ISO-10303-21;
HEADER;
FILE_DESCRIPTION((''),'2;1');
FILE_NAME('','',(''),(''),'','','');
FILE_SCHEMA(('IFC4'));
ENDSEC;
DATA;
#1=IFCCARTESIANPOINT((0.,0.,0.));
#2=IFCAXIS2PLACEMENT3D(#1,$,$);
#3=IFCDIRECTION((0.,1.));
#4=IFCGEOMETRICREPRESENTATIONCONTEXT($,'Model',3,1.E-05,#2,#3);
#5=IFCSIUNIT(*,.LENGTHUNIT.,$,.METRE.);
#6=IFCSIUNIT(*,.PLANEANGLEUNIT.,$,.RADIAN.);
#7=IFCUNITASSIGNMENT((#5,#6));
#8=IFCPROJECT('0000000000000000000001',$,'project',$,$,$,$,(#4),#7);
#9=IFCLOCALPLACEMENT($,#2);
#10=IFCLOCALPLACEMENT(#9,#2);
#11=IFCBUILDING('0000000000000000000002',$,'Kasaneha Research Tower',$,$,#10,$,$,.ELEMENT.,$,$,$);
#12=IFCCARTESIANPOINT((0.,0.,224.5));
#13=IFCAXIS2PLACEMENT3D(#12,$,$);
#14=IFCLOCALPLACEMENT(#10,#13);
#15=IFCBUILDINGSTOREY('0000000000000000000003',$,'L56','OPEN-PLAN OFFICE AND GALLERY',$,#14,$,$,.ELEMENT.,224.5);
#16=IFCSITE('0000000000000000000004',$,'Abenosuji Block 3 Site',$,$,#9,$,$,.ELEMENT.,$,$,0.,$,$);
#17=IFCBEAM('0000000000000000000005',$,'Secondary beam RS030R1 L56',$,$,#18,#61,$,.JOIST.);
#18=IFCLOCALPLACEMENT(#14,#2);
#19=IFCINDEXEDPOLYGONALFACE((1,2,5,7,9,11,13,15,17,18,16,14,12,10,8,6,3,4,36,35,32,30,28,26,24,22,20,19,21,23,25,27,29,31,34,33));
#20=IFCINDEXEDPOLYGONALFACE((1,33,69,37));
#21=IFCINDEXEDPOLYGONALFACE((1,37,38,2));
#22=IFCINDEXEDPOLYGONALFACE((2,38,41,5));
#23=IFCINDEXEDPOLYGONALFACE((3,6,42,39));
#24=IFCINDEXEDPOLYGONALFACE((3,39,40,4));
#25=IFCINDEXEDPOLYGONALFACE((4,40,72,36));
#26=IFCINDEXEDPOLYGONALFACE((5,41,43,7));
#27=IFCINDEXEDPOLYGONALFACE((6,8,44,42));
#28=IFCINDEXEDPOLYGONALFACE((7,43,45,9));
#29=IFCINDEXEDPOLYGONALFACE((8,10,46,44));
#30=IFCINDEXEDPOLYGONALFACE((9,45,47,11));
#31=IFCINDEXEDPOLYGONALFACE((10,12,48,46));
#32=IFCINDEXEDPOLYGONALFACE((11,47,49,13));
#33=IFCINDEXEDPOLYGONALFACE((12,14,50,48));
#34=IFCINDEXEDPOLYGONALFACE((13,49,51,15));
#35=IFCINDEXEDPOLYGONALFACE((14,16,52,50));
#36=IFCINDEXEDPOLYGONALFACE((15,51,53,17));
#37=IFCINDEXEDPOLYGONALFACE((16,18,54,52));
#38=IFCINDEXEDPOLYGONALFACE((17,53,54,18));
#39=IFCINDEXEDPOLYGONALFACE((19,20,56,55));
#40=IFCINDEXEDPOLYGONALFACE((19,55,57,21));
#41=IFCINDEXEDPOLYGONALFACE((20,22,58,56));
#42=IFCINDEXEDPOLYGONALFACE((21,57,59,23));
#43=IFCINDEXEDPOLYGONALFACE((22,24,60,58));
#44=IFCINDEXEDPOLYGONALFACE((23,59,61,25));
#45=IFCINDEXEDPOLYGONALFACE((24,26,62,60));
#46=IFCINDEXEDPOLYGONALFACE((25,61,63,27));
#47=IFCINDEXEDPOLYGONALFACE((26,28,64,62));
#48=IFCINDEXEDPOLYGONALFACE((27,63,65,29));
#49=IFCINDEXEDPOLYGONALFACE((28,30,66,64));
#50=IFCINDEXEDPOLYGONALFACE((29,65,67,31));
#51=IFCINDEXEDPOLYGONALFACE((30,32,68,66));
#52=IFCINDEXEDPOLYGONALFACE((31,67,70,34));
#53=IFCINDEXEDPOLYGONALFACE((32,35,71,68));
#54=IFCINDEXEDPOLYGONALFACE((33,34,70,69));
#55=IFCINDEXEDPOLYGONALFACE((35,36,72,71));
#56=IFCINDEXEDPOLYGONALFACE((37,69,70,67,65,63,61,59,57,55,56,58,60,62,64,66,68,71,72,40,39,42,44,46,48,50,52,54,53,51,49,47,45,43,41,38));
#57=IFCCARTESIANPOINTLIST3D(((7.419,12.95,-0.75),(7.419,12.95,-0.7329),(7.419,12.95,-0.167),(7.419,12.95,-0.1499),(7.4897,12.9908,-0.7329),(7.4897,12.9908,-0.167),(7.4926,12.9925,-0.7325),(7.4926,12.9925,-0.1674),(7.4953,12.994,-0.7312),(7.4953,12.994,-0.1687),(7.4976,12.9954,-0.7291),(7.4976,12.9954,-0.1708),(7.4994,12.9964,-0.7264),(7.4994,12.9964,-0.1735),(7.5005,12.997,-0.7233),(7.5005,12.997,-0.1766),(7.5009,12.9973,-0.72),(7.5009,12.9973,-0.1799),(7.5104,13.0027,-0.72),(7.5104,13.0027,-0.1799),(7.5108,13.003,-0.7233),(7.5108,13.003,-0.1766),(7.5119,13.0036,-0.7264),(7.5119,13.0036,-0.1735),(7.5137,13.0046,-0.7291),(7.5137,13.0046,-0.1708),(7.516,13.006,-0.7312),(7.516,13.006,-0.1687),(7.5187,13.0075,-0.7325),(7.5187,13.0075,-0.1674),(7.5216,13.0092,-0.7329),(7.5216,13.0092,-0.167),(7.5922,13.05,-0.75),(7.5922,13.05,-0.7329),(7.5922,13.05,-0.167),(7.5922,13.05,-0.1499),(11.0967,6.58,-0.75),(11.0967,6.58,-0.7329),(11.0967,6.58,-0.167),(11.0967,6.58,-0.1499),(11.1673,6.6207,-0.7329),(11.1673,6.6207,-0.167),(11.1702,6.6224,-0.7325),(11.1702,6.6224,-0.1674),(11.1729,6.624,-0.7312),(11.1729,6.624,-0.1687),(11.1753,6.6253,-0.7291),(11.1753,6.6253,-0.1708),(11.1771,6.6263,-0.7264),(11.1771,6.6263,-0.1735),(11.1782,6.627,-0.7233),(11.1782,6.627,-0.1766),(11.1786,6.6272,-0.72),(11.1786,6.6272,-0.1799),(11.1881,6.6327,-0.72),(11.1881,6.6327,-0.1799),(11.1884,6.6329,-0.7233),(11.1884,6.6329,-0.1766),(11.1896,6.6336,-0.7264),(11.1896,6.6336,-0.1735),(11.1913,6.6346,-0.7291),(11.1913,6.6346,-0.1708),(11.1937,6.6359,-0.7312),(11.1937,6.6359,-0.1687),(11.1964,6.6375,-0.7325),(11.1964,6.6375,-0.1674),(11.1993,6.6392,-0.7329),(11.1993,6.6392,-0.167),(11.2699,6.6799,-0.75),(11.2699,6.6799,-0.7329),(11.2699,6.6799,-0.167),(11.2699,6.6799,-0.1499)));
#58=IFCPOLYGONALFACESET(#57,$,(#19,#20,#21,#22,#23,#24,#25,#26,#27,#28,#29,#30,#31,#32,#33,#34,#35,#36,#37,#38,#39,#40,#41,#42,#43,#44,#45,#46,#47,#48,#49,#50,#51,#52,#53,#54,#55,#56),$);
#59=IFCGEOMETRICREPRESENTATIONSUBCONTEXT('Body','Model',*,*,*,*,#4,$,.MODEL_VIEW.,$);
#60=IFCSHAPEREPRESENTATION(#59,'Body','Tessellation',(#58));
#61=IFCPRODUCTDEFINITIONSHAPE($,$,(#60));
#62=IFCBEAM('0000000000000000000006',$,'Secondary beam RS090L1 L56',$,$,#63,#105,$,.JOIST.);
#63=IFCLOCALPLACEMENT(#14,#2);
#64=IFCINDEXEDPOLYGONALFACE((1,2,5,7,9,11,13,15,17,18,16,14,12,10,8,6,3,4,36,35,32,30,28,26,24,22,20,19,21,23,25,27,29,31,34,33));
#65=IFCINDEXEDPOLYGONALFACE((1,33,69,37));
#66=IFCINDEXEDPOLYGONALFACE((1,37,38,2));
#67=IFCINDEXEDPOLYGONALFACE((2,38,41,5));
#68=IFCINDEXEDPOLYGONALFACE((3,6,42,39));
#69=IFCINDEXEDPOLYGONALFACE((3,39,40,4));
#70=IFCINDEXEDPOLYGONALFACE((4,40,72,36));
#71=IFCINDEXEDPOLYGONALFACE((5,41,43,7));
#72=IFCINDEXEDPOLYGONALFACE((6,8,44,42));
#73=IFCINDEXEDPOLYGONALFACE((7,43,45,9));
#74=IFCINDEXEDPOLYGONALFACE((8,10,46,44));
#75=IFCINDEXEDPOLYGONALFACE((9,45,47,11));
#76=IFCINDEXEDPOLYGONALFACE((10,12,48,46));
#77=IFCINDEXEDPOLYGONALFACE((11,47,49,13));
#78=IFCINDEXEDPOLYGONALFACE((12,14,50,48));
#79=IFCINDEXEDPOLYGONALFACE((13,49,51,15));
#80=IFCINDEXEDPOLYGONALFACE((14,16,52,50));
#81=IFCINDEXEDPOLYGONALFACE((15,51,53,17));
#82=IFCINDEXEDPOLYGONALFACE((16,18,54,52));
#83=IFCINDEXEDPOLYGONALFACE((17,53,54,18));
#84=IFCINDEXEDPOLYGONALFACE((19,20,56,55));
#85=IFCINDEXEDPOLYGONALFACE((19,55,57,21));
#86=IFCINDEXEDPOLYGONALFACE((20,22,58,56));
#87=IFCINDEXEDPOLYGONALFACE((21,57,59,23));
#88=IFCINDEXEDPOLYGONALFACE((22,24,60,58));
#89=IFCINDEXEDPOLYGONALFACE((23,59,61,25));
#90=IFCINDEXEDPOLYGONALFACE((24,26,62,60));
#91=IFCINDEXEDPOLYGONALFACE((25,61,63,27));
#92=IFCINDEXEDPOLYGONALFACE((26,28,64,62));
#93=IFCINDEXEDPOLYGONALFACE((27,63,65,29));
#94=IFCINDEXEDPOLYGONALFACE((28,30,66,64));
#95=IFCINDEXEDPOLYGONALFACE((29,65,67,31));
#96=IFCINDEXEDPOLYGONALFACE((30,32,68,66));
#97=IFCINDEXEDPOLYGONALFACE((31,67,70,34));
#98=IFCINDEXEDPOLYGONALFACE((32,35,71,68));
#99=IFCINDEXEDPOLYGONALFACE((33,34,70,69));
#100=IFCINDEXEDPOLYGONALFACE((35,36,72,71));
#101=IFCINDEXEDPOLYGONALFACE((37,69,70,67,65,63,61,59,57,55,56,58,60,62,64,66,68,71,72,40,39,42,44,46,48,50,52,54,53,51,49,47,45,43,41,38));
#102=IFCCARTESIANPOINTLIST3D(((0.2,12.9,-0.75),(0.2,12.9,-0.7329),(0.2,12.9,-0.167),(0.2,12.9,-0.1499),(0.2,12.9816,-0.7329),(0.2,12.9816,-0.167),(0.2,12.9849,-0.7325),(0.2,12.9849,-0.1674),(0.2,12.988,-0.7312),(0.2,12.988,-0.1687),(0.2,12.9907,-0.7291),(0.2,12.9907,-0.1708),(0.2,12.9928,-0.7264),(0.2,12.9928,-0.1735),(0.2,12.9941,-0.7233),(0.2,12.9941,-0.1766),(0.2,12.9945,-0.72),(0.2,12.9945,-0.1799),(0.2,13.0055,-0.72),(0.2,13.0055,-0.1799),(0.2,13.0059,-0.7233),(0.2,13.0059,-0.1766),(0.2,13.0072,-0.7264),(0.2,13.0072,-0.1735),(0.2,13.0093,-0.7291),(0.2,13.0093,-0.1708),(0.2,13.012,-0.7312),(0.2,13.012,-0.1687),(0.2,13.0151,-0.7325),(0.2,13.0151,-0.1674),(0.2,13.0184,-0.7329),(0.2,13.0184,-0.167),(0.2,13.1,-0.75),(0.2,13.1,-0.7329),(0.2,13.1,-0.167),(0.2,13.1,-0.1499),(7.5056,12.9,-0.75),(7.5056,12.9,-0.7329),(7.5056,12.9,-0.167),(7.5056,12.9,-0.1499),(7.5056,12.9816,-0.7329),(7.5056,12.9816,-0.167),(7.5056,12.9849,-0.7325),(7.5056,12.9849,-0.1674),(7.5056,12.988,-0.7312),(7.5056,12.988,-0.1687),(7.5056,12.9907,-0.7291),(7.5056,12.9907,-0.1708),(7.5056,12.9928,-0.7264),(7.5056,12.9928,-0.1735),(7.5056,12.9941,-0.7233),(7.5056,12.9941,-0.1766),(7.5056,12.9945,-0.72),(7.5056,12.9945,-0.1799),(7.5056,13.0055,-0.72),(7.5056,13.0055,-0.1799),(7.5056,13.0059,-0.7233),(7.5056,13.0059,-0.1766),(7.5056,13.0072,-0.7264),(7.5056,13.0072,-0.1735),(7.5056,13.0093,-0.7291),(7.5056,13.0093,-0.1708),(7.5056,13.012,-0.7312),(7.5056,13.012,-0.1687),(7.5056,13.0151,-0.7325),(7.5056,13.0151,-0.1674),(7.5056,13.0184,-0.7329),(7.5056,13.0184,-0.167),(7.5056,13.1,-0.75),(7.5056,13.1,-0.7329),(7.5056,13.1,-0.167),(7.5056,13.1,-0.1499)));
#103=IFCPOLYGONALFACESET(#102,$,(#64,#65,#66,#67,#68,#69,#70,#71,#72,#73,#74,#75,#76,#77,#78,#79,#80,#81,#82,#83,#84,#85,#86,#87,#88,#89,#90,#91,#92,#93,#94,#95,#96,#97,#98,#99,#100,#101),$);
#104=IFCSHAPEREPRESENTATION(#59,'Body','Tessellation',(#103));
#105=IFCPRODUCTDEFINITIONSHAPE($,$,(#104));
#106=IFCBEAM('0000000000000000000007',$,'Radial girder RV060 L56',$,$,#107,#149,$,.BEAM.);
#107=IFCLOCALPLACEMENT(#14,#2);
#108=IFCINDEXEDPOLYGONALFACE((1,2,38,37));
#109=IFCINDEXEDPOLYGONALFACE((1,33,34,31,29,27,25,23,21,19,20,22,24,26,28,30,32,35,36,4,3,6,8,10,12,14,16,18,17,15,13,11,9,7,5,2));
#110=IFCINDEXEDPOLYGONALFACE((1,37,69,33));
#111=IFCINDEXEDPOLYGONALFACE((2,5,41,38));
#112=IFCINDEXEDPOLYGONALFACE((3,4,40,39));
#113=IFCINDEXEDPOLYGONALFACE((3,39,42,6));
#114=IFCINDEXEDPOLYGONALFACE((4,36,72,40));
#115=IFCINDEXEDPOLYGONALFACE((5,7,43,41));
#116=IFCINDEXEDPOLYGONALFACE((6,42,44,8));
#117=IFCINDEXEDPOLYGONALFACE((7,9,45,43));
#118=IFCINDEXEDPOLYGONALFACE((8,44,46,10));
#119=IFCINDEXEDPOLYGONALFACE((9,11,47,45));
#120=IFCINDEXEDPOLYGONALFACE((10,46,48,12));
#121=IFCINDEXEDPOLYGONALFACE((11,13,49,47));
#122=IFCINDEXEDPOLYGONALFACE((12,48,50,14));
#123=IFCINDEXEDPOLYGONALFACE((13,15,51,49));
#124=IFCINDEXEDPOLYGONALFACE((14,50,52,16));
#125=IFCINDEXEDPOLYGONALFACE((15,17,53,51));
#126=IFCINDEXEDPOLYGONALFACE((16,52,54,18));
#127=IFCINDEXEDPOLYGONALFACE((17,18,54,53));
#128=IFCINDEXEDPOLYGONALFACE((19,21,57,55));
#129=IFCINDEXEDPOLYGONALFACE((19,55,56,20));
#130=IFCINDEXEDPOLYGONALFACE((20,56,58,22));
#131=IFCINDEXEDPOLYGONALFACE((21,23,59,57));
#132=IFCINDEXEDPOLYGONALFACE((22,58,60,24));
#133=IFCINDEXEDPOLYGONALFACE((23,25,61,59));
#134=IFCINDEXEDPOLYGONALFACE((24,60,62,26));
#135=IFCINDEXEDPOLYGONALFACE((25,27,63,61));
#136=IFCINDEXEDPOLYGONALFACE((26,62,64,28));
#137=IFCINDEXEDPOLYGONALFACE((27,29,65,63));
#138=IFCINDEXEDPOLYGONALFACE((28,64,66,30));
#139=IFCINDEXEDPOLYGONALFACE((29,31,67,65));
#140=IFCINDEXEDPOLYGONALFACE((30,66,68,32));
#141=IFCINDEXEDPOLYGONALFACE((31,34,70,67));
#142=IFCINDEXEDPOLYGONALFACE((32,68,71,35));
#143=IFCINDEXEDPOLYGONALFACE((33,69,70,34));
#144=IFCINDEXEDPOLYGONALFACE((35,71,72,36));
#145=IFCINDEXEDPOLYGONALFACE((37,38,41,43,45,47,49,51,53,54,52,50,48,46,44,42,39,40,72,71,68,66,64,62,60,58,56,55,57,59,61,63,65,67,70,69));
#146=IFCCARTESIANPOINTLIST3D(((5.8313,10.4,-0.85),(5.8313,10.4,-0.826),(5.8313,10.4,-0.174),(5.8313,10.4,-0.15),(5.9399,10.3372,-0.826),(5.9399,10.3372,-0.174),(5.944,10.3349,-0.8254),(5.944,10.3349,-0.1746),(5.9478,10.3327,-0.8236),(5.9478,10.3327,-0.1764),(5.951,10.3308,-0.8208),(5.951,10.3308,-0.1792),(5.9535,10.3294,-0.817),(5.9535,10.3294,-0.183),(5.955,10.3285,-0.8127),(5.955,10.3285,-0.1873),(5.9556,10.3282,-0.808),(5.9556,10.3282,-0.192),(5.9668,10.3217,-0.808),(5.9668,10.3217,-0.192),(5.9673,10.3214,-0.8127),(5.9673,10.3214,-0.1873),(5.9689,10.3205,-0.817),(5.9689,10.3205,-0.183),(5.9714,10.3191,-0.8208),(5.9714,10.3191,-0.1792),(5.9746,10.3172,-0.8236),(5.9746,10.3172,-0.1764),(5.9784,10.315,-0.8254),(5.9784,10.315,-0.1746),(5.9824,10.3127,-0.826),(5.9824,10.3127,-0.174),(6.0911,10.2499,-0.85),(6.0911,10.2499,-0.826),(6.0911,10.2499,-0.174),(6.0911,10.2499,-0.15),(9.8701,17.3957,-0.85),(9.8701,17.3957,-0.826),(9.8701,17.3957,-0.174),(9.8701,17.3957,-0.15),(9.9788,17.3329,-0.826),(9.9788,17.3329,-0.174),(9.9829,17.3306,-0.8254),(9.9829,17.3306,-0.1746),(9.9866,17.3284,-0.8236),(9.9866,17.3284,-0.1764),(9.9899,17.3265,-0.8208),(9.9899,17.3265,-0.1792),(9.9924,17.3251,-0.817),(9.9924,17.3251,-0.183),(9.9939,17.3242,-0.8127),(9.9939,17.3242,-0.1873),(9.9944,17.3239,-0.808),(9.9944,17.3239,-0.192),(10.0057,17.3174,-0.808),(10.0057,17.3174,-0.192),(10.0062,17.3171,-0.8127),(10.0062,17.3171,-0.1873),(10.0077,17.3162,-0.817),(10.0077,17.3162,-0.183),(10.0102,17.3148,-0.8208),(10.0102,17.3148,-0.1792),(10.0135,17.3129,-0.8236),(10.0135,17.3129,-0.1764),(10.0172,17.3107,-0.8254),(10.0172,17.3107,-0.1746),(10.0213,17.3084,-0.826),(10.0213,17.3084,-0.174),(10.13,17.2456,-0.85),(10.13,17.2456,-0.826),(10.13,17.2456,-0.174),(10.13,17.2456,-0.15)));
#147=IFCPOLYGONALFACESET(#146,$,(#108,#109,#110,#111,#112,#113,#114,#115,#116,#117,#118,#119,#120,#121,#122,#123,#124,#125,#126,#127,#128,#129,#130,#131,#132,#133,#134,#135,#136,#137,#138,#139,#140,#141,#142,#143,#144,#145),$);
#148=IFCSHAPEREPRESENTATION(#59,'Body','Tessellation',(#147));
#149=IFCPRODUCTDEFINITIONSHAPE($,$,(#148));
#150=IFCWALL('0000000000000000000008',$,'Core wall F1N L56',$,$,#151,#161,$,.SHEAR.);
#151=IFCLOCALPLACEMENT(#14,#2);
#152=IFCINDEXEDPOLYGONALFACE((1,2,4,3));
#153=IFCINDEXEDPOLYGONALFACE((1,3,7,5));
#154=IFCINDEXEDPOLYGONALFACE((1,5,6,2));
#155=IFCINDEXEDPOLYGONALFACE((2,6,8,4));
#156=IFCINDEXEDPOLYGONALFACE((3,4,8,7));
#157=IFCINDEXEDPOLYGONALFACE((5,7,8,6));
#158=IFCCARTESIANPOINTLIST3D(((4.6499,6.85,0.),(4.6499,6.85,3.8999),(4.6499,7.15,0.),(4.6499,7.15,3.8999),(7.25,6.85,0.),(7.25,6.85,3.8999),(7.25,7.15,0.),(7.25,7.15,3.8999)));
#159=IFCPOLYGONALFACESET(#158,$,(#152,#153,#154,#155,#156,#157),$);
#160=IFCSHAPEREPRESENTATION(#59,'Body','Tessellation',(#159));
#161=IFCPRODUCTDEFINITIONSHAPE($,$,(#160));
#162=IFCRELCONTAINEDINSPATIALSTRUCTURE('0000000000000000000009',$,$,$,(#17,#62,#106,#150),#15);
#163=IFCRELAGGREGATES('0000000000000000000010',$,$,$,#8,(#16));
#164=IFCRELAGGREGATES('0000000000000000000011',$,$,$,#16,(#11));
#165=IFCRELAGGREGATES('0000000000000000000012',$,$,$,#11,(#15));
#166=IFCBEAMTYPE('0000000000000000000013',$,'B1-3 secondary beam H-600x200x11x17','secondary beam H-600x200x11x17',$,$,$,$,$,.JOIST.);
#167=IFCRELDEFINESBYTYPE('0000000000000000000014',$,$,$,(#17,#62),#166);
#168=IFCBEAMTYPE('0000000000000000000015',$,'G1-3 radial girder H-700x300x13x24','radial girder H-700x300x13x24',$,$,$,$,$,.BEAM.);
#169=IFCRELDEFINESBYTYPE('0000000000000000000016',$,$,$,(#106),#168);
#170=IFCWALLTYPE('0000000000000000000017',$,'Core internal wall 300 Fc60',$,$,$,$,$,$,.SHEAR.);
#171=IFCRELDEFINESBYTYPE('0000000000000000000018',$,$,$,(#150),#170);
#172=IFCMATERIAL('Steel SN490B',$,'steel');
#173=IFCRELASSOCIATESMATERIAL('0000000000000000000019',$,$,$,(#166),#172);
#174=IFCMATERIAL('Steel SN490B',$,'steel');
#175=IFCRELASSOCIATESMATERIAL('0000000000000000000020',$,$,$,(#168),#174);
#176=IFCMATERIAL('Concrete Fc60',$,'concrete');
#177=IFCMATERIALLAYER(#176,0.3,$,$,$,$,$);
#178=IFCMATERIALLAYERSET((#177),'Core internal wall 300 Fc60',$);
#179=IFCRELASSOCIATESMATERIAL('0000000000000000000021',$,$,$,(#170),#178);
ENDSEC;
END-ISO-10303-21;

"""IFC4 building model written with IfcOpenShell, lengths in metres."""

from ifc_helpers import new_model, si_unit, direction, frame, frame_2d, origin, origin_2d, place, context, subcontext, project, spatial, rectangle, i_section, extrude, material, layer, layer_set, material_profile, profile_set, type_object, element, save


model = new_model("IFC4")

# Units and contexts
model_context = context("Model", 3, precision=1e-05, world=origin(), true_north=direction((0.0, 1.0)))
body_context = subcontext(model_context, "Body", "Model", "MODEL_VIEW")
ifc_project = project(units=[si_unit("LENGTHUNIT", "METRE"), si_unit("PLANEANGLEUNIT", "RADIAN")], contexts=[model_context])

# Site, building, storey
site_placement = place(None, origin())
site = spatial("IfcSite", under=ifc_project, at=site_placement, Name="Abenosuji Block 3 Site", CompositionType="ELEMENT", RefElevation=0.0)
building_placement = place(site_placement, origin())
building = spatial("IfcBuilding", under=site, at=building_placement, Name="Kasaneha Research Tower", CompositionType="ELEMENT")
storey_placement = place(building_placement, frame((0.0, 0.0, 224.5)))
storey = spatial("IfcBuildingStorey", under=building, at=storey_placement, Name="L56", Description="OPEN-PLAN OFFICE AND GALLERY", CompositionType="ELEMENT", Elevation=224.5)

# Beams
ifc_material_1 = material(Name="Steel SN490B", Category="steel")
ifc_material_profile_1 = material_profile(ifc_material_1, i_section(OverallWidth=0.2, OverallDepth=0.6001, WebThickness=0.011, FlangeThickness=0.0171, FilletRadius=0.0129, at=origin_2d()), Name="H-600x200x11x17")
ifc_profile_set_1 = profile_set([ifc_material_profile_1], Name="Steel SN490B")
beam_type_1 = type_object("IfcBeamType", Name="B1-3 secondary beam H-600x200x11x17", Description="secondary beam H-600x200x11x17", PredefinedType="JOIST", material=ifc_profile_set_1)
beam_1_placement = place(storey_placement, frame((7.5056, 13.0, -0.45), z_axis=(0.499994, -0.866029, 0.0), x_axis=(0.866029, 0.499994, 0.0)))
element("IfcBeam", 1, at=beam_1_placement, inside=storey, type_object=beam_type_1, Name="Secondary beam RS030R1 L56", PredefinedType="JOIST", context=body_context, shape_type="SweptSolid", body=[
    extrude(i_section(OverallWidth=0.2, OverallDepth=0.6001, WebThickness=0.011, FlangeThickness=0.0171, FilletRadius=0.0129, at=origin_2d()), origin(), (0.0, 0.0, 1.0), 7.3555),
])
beam_2_placement = place(storey_placement, frame((7.5056, 13.0, -0.45), z_axis=(-1.0, 0.0, 0.0), x_axis=(0.0, -1.0, 0.0)))
element("IfcBeam", 2, at=beam_2_placement, inside=storey, type_object=beam_type_1, Name="Secondary beam RS090L1 L56", PredefinedType="JOIST", context=body_context, shape_type="SweptSolid", body=[
    extrude(i_section(OverallWidth=0.2, OverallDepth=0.6001, WebThickness=0.011, FlangeThickness=0.0171, FilletRadius=0.0129, at=origin_2d()), origin(), (0.0, 0.0, 1.0), 7.3057),
])
ifc_material_2 = material(Name="Steel SN490B", Category="steel")
ifc_material_profile_2 = material_profile(ifc_material_2, i_section(OverallWidth=0.3, OverallDepth=0.7, WebThickness=0.0129, FlangeThickness=0.0239, FilletRadius=0.0181, at=origin_2d()), Name="H-700x300x13x24")
ifc_profile_set_2 = profile_set([ifc_material_profile_2], Name="Steel SN490B")
beam_type_2 = type_object("IfcBeamType", Name="G1-3 radial girder H-700x300x13x24", Description="radial girder H-700x300x13x24", PredefinedType="BEAM", material=ifc_profile_set_2)
beam_3_placement = place(storey_placement, frame((5.9612, 10.325, -0.5), z_axis=(0.499991, 0.866031, 0.0), x_axis=(-0.866031, 0.499991, 0.0)))
element("IfcBeam", 3, at=beam_3_placement, inside=storey, type_object=beam_type_2, Name="Radial girder RV060 L56", PredefinedType="BEAM", context=body_context, shape_type="SweptSolid", body=[
    extrude(i_section(OverallWidth=0.3, OverallDepth=0.7, WebThickness=0.0129, FlangeThickness=0.0239, FilletRadius=0.0181, at=origin_2d()), origin(), (0.0, 0.0, 1.0), 8.0779),
])

# Wall
ifc_material_3 = material(Name="Concrete Fc60", Category="concrete")
ifc_layer_1 = layer(ifc_material_3, 0.3)
ifc_layer_set_1 = layer_set([ifc_layer_1], Name="Core internal wall 300 Fc60")
wall_type_1 = type_object("IfcWallType", Name="Core internal wall 300 Fc60", PredefinedType="SHEAR", material=ifc_layer_set_1)
wall_1_placement = place(storey_placement, frame((4.6499, 7.0, 0.0), z_axis=(0.0, 0.0, 1.0), x_axis=(1.0, 0.0, 0.0)))
element("IfcWall", 4, at=wall_1_placement, inside=storey, type_object=wall_type_1, Name="Core wall F1N L56", PredefinedType="SHEAR", context=body_context, shape_type="SweptSolid", body=[
    extrude(rectangle(XDim=2.6001, YDim=0.3, at=frame_2d((1.3, 0.0))), origin(), (0.0, 0.0, 1.0), 3.8999),
])

save(model, "model.ifc")
